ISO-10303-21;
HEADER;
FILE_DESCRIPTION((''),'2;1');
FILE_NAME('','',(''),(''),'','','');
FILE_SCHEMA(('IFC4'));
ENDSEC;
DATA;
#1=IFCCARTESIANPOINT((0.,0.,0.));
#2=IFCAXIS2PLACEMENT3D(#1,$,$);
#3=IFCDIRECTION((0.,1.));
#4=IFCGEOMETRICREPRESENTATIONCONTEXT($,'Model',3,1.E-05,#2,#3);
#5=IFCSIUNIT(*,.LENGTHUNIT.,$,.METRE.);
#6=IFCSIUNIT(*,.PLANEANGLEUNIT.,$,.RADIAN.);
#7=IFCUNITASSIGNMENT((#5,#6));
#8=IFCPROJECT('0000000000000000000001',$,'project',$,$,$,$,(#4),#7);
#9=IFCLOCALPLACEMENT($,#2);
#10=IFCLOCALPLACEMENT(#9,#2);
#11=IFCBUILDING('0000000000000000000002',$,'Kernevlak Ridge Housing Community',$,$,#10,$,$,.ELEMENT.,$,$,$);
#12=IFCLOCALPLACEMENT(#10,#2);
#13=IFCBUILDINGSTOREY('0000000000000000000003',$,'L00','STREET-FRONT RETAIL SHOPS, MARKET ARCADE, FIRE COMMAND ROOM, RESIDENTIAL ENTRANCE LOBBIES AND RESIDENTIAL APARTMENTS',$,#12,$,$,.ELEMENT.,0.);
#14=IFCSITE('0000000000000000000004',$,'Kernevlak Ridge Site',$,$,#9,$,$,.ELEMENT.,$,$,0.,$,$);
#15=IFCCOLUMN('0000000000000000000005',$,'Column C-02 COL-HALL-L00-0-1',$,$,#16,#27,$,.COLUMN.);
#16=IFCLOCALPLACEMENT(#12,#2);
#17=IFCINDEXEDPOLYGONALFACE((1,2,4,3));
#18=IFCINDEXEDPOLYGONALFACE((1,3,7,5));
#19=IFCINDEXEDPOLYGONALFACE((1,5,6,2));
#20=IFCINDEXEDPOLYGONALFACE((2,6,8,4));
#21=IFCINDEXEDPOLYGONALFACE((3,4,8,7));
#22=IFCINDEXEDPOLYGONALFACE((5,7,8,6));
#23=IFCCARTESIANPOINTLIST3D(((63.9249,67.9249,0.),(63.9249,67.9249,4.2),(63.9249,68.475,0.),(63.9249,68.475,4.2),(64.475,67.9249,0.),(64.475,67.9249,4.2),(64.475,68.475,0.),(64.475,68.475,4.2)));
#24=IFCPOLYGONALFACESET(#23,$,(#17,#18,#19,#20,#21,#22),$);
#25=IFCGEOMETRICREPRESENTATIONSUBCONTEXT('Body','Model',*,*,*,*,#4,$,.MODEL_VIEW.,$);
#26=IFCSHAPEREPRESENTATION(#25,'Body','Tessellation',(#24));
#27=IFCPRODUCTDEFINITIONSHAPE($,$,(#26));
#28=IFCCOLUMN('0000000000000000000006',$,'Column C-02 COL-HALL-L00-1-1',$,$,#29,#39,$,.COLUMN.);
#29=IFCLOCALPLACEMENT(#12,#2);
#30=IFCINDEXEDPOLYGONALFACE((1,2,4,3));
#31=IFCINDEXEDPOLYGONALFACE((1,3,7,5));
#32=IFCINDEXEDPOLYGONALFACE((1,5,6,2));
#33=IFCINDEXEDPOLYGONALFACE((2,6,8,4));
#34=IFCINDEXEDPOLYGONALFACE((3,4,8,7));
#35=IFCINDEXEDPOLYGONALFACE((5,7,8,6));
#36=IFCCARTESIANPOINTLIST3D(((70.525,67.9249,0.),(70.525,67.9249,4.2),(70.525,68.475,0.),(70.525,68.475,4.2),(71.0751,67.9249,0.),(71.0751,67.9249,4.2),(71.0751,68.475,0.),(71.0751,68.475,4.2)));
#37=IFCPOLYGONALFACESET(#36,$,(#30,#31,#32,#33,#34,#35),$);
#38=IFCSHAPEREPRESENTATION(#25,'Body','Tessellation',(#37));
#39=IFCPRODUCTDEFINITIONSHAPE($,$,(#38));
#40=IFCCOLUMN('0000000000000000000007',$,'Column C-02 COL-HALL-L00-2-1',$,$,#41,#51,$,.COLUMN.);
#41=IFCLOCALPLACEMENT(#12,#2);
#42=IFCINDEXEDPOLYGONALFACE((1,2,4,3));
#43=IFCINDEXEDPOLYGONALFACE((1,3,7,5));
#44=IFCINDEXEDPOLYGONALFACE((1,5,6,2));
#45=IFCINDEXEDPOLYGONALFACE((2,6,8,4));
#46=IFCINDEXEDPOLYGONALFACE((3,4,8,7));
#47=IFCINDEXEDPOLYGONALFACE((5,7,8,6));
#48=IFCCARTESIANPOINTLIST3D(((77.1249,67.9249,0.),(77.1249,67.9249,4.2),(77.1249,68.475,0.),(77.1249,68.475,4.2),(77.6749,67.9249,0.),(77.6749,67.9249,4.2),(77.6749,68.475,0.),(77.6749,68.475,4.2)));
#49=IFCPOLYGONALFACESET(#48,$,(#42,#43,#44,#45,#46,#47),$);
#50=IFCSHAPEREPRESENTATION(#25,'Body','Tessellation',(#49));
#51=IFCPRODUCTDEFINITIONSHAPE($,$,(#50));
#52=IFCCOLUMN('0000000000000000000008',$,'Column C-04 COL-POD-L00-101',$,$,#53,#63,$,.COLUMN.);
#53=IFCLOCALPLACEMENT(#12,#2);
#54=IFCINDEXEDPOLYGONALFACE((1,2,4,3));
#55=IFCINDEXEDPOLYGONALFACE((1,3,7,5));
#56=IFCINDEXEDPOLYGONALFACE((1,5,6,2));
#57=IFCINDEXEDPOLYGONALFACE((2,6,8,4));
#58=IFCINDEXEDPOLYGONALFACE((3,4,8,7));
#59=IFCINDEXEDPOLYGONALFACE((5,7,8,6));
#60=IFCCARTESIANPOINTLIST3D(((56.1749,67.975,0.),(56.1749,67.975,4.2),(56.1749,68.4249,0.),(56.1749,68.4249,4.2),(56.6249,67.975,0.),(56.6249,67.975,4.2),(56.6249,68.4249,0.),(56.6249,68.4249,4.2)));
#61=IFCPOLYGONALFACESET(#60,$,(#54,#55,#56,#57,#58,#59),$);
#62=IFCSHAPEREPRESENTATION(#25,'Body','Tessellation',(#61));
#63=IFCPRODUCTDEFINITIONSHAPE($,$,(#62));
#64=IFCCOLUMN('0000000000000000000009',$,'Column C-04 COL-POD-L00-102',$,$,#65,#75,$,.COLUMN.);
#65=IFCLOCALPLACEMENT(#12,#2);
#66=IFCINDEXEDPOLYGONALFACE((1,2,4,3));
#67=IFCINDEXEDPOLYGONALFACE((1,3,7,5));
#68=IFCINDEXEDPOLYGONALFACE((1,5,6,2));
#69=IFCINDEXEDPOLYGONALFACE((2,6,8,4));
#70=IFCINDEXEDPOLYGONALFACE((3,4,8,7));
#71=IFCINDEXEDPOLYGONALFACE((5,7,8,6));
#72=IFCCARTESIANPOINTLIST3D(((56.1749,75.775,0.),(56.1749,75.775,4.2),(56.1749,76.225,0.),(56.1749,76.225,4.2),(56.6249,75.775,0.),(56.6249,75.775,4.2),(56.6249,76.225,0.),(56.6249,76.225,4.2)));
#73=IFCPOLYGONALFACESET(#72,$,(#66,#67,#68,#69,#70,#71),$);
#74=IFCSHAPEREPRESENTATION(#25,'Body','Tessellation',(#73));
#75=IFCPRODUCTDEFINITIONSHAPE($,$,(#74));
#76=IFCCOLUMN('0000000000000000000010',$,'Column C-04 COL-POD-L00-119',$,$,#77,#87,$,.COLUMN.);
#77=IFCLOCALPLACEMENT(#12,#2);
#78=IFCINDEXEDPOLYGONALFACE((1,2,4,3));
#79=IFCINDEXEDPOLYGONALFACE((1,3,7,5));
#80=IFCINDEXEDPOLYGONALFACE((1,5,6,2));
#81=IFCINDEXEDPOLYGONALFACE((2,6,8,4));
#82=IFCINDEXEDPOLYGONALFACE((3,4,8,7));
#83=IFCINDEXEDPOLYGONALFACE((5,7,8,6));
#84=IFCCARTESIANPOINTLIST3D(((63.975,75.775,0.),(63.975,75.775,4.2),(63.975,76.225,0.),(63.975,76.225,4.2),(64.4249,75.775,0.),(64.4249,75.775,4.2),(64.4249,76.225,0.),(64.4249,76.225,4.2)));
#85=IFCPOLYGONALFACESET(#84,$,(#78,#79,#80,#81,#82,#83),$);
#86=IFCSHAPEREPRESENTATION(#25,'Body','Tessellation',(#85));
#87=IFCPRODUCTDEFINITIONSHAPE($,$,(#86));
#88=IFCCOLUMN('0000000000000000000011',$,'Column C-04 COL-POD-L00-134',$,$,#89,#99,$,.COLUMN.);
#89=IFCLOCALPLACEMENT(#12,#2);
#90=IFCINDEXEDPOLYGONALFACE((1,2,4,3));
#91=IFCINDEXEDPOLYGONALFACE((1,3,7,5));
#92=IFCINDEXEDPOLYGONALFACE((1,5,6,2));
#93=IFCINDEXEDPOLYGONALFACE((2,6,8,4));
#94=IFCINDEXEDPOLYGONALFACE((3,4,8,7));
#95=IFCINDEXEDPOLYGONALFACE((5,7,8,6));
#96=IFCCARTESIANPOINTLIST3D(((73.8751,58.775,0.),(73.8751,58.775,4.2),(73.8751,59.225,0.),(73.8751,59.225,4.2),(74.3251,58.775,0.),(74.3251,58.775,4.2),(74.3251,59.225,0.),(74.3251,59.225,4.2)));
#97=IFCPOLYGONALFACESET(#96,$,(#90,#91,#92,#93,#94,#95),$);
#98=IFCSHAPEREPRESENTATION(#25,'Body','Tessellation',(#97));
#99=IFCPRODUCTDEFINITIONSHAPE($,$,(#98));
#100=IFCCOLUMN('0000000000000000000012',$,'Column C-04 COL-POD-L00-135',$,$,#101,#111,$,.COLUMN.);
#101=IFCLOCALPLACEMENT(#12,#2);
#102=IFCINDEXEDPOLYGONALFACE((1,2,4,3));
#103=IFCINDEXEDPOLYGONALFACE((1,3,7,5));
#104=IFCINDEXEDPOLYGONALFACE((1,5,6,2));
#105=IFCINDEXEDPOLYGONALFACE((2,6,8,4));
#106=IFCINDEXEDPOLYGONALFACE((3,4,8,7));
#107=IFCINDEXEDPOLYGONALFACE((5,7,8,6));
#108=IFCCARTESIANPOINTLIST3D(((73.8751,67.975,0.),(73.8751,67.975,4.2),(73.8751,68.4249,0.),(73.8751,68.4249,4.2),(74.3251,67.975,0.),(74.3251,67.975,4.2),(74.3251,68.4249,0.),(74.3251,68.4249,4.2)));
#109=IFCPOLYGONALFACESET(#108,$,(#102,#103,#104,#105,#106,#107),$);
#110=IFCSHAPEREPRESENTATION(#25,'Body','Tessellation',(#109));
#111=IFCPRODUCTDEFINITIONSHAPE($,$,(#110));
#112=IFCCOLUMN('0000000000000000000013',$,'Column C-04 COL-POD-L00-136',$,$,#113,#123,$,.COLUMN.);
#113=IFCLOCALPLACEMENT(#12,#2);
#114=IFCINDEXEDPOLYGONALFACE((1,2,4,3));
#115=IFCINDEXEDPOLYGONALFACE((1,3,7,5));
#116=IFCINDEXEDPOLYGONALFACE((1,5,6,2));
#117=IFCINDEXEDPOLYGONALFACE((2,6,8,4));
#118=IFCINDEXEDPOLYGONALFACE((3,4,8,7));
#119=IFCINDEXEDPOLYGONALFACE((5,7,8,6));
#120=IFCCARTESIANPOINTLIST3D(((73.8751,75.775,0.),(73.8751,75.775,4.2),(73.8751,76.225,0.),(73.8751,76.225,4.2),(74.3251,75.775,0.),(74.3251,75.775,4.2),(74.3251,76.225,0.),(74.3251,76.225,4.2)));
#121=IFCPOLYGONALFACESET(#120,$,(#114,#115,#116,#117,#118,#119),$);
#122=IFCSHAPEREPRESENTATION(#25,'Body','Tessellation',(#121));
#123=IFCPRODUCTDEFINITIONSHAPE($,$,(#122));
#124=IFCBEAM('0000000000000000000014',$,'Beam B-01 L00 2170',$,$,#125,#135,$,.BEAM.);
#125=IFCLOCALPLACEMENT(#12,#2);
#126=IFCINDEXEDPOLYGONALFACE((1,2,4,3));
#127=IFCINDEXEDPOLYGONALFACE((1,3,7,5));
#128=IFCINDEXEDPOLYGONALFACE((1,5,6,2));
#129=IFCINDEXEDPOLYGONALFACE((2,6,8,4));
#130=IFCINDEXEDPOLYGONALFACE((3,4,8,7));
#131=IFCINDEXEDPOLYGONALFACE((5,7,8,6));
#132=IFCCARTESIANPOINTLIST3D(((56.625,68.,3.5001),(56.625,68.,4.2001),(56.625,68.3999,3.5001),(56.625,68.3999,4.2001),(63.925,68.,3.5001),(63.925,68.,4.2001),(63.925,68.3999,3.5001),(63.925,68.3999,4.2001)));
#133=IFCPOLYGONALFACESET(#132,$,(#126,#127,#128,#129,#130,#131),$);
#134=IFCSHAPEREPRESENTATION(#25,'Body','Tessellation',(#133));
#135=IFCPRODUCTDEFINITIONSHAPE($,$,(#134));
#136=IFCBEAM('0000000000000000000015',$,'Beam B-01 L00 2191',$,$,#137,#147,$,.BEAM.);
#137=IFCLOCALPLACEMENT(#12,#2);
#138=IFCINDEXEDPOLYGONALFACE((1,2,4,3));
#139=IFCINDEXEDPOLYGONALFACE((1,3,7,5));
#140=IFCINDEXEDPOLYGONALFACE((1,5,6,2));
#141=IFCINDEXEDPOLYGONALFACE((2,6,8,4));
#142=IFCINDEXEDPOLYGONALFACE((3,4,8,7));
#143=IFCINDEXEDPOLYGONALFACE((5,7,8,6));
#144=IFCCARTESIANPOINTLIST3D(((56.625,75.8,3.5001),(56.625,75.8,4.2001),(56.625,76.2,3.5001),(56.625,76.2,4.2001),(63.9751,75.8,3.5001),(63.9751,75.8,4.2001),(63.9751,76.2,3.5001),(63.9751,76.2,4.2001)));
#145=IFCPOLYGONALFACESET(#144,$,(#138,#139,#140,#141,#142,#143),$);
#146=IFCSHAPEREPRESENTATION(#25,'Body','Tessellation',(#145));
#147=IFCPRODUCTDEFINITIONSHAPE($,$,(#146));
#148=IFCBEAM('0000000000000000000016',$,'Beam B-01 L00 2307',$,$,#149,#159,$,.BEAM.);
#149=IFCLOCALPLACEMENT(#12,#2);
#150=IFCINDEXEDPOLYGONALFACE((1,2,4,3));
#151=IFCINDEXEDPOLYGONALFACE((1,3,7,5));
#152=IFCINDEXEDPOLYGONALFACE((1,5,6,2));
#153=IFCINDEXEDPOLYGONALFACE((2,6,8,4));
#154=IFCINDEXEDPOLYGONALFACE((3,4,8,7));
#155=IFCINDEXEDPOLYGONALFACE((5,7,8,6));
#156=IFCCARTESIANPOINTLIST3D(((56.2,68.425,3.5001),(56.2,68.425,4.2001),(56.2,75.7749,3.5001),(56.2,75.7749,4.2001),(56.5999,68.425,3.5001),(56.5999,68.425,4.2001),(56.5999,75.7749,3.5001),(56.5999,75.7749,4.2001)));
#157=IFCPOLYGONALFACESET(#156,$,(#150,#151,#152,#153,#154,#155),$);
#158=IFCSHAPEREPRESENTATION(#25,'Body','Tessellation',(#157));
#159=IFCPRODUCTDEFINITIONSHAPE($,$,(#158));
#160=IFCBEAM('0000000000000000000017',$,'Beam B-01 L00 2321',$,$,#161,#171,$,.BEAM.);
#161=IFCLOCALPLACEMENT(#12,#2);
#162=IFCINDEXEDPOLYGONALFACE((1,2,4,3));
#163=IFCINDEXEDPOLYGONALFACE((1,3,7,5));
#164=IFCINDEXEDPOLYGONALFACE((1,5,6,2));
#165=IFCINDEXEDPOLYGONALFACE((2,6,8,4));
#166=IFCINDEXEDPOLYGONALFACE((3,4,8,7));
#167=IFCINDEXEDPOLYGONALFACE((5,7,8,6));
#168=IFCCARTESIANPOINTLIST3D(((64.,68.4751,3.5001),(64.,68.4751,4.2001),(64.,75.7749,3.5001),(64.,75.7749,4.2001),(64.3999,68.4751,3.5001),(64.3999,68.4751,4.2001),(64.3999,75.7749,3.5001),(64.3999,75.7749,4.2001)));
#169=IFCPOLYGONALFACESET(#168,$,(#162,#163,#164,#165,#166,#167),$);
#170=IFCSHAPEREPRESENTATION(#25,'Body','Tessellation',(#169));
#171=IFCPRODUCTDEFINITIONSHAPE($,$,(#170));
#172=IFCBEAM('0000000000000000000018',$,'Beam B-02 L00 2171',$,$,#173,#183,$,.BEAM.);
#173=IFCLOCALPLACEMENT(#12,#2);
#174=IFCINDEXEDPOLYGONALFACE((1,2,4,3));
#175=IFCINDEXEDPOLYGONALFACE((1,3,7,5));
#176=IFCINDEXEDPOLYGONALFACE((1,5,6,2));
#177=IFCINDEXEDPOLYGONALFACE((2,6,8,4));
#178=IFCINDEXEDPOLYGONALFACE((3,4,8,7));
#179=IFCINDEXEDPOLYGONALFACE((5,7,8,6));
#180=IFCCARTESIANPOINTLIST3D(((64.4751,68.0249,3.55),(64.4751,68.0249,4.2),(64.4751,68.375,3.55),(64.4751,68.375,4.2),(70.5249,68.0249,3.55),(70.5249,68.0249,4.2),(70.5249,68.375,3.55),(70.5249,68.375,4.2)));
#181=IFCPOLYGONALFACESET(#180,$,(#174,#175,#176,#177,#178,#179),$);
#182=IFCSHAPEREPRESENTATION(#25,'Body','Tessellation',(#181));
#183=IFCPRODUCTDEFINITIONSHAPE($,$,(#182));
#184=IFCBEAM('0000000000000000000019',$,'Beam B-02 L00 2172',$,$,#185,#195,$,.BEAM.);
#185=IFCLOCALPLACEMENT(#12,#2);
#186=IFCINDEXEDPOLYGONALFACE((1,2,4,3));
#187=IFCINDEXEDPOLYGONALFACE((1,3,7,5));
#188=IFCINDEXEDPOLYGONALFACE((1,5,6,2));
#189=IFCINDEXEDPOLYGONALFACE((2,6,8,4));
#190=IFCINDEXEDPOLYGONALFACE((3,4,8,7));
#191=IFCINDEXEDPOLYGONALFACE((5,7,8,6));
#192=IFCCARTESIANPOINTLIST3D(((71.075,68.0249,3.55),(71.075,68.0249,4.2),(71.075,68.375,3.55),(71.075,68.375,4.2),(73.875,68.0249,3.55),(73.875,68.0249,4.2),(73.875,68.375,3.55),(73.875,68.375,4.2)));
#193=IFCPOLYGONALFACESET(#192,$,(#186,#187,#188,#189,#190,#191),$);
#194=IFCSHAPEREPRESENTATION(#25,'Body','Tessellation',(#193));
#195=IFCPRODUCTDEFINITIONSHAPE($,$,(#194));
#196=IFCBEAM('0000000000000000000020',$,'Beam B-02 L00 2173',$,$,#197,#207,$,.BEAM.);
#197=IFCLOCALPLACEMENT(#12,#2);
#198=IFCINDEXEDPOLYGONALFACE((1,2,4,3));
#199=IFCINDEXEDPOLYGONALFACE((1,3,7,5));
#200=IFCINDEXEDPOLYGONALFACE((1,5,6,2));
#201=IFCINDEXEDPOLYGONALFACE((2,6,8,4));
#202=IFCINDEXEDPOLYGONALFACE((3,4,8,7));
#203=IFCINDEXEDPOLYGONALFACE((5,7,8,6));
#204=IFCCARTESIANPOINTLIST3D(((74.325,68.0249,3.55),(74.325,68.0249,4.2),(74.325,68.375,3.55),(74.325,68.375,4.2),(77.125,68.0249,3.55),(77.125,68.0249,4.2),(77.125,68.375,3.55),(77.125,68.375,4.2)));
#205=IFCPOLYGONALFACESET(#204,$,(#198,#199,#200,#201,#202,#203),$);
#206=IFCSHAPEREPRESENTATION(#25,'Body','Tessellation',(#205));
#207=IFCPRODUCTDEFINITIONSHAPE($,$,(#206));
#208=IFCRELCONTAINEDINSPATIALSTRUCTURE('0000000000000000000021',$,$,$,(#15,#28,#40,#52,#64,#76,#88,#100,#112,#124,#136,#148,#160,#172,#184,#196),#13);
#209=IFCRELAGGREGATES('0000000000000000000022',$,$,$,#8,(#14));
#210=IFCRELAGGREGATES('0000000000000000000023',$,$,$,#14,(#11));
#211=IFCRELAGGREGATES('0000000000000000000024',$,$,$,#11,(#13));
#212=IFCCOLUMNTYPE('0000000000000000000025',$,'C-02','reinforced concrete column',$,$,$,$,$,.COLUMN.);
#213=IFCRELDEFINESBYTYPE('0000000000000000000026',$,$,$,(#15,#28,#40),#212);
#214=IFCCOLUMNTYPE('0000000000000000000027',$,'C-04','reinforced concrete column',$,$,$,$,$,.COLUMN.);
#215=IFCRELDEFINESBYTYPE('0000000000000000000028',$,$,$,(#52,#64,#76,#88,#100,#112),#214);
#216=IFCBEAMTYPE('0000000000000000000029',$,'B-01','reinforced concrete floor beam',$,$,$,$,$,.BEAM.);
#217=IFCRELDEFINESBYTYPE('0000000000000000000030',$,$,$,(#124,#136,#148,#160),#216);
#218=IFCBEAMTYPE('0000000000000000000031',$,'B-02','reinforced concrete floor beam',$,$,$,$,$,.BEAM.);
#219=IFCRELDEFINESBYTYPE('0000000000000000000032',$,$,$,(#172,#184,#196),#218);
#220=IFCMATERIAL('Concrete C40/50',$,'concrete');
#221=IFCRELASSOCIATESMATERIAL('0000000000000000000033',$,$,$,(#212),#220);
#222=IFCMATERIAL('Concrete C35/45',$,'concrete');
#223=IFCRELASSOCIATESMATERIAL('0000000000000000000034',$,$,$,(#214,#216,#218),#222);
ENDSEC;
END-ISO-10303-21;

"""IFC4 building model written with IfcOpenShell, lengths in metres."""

from ifc_helpers import new_model, si_unit, direction, frame, origin, origin_2d, place, context, subcontext, project, spatial, rectangle, extrude, material, material_profile, profile_set, type_object, element, save


model = new_model("IFC4")

# Units and contexts
model_context = context("Model", 3, precision=1e-05, world=origin(), true_north=direction((0.0, 1.0)))
body_context = subcontext(model_context, "Body", "Model", "MODEL_VIEW")
ifc_project = project(units=[si_unit("LENGTHUNIT", "METRE"), si_unit("PLANEANGLEUNIT", "RADIAN")], contexts=[model_context])

# Site, building, storey
site_placement = place(None, origin())
site = spatial("IfcSite", under=ifc_project, at=site_placement, Name="Kernevlak Ridge Site", CompositionType="ELEMENT", RefElevation=0.0)
building_placement = place(site_placement, origin())
building = spatial("IfcBuilding", under=site, at=building_placement, Name="Kernevlak Ridge Housing Community", CompositionType="ELEMENT")
storey_placement = place(building_placement, origin())
storey = spatial("IfcBuildingStorey", under=building, at=storey_placement, Name="L00", Description="STREET-FRONT RETAIL SHOPS, MARKET ARCADE, FIRE COMMAND ROOM, RESIDENTIAL ENTRANCE LOBBIES AND RESIDENTIAL APARTMENTS", CompositionType="ELEMENT", Elevation=0.0)

# Columns
ifc_material_1 = material(Name="Concrete C40/50", Category="concrete")
ifc_material_profile_1 = material_profile(ifc_material_1, rectangle(XDim=0.55, YDim=0.55, at=origin_2d()), Name="RC 550x550")
ifc_profile_set_1 = profile_set([ifc_material_profile_1], Name="Concrete C40/50")
column_type_1 = type_object("IfcColumnType", Name="C-02", Description="reinforced concrete column", PredefinedType="COLUMN", material=ifc_profile_set_1)
for number, where, z_axis, x_axis, name in (
    (1, (64.2, 68.2, 0.0), (0.0, 0.0, 1.0), (1.0, 0.0, 0.0), "Column C-02 COL-HALL-L00-0-1"),
    (2, (70.8, 68.2, 0.0), (0.0, 0.0, 1.0), (1.0, 0.0, 0.0), "Column C-02 COL-HALL-L00-1-1"),
    (3, (77.3999, 68.2, 0.0), (0.0, 0.0, 1.0), (1.0, 0.0, 0.0), "Column C-02 COL-HALL-L00-2-1"),
):
    element("IfcColumn", number, at=place(storey_placement, frame(where, z_axis=z_axis, x_axis=x_axis)), inside=storey, type_object=column_type_1, Name=name, PredefinedType="COLUMN", context=body_context, shape_type="SweptSolid", body=[
        extrude(rectangle(XDim=0.55, YDim=0.55, at=origin_2d()), origin(), (0.0, 0.0, 1.0), 4.2),
    ])
ifc_material_2 = material(Name="Concrete C35/45", Category="concrete")
ifc_material_profile_2 = material_profile(ifc_material_2, rectangle(XDim=0.45, YDim=0.45, at=origin_2d()), Name="RC 450x450")
ifc_profile_set_2 = profile_set([ifc_material_profile_2], Name="Concrete C35/45")
column_type_2 = type_object("IfcColumnType", Name="C-04", Description="reinforced concrete column", PredefinedType="COLUMN", material=ifc_profile_set_2)
for number, where, z_axis, x_axis, name in (
    (4, (56.3999, 68.2, 0.0), (0.0, 0.0, 1.0), (1.0, 0.0, 0.0), "Column C-04 COL-POD-L00-101"),
    (5, (56.3999, 76.0, 0.0), (0.0, 0.0, 1.0), (1.0, 0.0, 0.0), "Column C-04 COL-POD-L00-102"),
    (6, (64.2, 76.0, 0.0), (0.0, 0.0, 1.0), (1.0, 0.0, 0.0), "Column C-04 COL-POD-L00-119"),
    (7, (74.1001, 59.0, 0.0), (0.0, 0.0, 1.0), (1.0, 0.0, 0.0), "Column C-04 COL-POD-L00-134"),
    (8, (74.1001, 68.2, 0.0), (0.0, 0.0, 1.0), (1.0, 0.0, 0.0), "Column C-04 COL-POD-L00-135"),
    (9, (74.1001, 76.0, 0.0), (0.0, 0.0, 1.0), (1.0, 0.0, 0.0), "Column C-04 COL-POD-L00-136"),
):
    element("IfcColumn", number, at=place(storey_placement, frame(where, z_axis=z_axis, x_axis=x_axis)), inside=storey, type_object=column_type_2, Name=name, PredefinedType="COLUMN", context=body_context, shape_type="SweptSolid", body=[
        extrude(rectangle(XDim=0.45, YDim=0.45, at=origin_2d()), origin(), (0.0, 0.0, 1.0), 4.2),
    ])

# Beams
ifc_material_profile_3 = material_profile(ifc_material_2, rectangle(XDim=0.3999, YDim=0.7, at=origin_2d()), Name="RC 400x700")
ifc_profile_set_3 = profile_set([ifc_material_profile_3], Name="Concrete C35/45")
beam_type_1 = type_object("IfcBeamType", Name="B-01", Description="reinforced concrete floor beam", PredefinedType="BEAM", material=ifc_profile_set_3)
beam_1_placement = place(storey_placement, frame((56.625, 68.2, 3.8501), z_axis=(1.0, 0.0, 0.0), x_axis=(0.0, 1.0, 0.0)))
element("IfcBeam", 10, at=beam_1_placement, inside=storey, type_object=beam_type_1, Name="Beam B-01 L00 2170", PredefinedType="BEAM", context=body_context, shape_type="SweptSolid", body=[
    extrude(rectangle(XDim=0.3999, YDim=0.7, at=origin_2d()), origin(), (0.0, 0.0, 1.0), 7.3),
])
beam_2_placement = place(storey_placement, frame((56.625, 76.0, 3.8501), z_axis=(1.0, 0.0, 0.0), x_axis=(0.0, 1.0, 0.0)))
element("IfcBeam", 11, at=beam_2_placement, inside=storey, type_object=beam_type_1, Name="Beam B-01 L00 2191", PredefinedType="BEAM", context=body_context, shape_type="SweptSolid", body=[
    extrude(rectangle(XDim=0.3999, YDim=0.7, at=origin_2d()), origin(), (0.0, 0.0, 1.0), 7.3501),
])
beam_3_placement = place(storey_placement, frame((56.3999, 68.425, 3.8501), z_axis=(0.0, 1.0, 0.0), x_axis=(-1.0, 0.0, 0.0)))
element("IfcBeam", 12, at=beam_3_placement, inside=storey, type_object=beam_type_1, Name="Beam B-01 L00 2307", PredefinedType="BEAM", context=body_context, shape_type="SweptSolid", body=[
    extrude(rectangle(XDim=0.3999, YDim=0.7, at=origin_2d()), origin(), (0.0, 0.0, 1.0), 7.3499),
])
beam_4_placement = place(storey_placement, frame((64.2, 68.4751, 3.8501), z_axis=(0.0, 1.0, 0.0), x_axis=(-1.0, 0.0, 0.0)))
element("IfcBeam", 13, at=beam_4_placement, inside=storey, type_object=beam_type_1, Name="Beam B-01 L00 2321", PredefinedType="BEAM", context=body_context, shape_type="SweptSolid", body=[
    extrude(rectangle(XDim=0.3999, YDim=0.7, at=origin_2d()), origin(), (0.0, 0.0, 1.0), 7.2998),
])
ifc_material_profile_4 = material_profile(ifc_material_2, rectangle(XDim=0.3501, YDim=0.6499, at=origin_2d()), Name="RC 350x650")
ifc_profile_set_4 = profile_set([ifc_material_profile_4], Name="Concrete C35/45")
beam_type_2 = type_object("IfcBeamType", Name="B-02", Description="reinforced concrete floor beam", PredefinedType="BEAM", material=ifc_profile_set_4)
beam_5_placement = place(storey_placement, frame((64.4751, 68.2, 3.875), z_axis=(1.0, 0.0, 0.0), x_axis=(0.0, 1.0, 0.0)))
element("IfcBeam", 14, at=beam_5_placement, inside=storey, type_object=beam_type_2, Name="Beam B-02 L00 2171", PredefinedType="BEAM", context=body_context, shape_type="SweptSolid", body=[
    extrude(rectangle(XDim=0.3501, YDim=0.6499, at=origin_2d()), origin(), (0.0, 0.0, 1.0), 6.0498),
])
for number, where, z_axis, x_axis, name in (
    (15, (71.075, 68.2, 3.875), (1.0, 0.0, 0.0), (0.0, 1.0, 0.0), "Beam B-02 L00 2172"),
    (16, (74.325, 68.2, 3.875), (1.0, 0.0, 0.0), (0.0, 1.0, 0.0), "Beam B-02 L00 2173"),
):
    element("IfcBeam", number, at=place(storey_placement, frame(where, z_axis=z_axis, x_axis=x_axis)), inside=storey, type_object=beam_type_2, Name=name, PredefinedType="BEAM", context=body_context, shape_type="SweptSolid", body=[
        extrude(rectangle(XDim=0.3501, YDim=0.6499, at=origin_2d()), origin(), (0.0, 0.0, 1.0), 2.8),
    ])

save(model, "model.ifc")
